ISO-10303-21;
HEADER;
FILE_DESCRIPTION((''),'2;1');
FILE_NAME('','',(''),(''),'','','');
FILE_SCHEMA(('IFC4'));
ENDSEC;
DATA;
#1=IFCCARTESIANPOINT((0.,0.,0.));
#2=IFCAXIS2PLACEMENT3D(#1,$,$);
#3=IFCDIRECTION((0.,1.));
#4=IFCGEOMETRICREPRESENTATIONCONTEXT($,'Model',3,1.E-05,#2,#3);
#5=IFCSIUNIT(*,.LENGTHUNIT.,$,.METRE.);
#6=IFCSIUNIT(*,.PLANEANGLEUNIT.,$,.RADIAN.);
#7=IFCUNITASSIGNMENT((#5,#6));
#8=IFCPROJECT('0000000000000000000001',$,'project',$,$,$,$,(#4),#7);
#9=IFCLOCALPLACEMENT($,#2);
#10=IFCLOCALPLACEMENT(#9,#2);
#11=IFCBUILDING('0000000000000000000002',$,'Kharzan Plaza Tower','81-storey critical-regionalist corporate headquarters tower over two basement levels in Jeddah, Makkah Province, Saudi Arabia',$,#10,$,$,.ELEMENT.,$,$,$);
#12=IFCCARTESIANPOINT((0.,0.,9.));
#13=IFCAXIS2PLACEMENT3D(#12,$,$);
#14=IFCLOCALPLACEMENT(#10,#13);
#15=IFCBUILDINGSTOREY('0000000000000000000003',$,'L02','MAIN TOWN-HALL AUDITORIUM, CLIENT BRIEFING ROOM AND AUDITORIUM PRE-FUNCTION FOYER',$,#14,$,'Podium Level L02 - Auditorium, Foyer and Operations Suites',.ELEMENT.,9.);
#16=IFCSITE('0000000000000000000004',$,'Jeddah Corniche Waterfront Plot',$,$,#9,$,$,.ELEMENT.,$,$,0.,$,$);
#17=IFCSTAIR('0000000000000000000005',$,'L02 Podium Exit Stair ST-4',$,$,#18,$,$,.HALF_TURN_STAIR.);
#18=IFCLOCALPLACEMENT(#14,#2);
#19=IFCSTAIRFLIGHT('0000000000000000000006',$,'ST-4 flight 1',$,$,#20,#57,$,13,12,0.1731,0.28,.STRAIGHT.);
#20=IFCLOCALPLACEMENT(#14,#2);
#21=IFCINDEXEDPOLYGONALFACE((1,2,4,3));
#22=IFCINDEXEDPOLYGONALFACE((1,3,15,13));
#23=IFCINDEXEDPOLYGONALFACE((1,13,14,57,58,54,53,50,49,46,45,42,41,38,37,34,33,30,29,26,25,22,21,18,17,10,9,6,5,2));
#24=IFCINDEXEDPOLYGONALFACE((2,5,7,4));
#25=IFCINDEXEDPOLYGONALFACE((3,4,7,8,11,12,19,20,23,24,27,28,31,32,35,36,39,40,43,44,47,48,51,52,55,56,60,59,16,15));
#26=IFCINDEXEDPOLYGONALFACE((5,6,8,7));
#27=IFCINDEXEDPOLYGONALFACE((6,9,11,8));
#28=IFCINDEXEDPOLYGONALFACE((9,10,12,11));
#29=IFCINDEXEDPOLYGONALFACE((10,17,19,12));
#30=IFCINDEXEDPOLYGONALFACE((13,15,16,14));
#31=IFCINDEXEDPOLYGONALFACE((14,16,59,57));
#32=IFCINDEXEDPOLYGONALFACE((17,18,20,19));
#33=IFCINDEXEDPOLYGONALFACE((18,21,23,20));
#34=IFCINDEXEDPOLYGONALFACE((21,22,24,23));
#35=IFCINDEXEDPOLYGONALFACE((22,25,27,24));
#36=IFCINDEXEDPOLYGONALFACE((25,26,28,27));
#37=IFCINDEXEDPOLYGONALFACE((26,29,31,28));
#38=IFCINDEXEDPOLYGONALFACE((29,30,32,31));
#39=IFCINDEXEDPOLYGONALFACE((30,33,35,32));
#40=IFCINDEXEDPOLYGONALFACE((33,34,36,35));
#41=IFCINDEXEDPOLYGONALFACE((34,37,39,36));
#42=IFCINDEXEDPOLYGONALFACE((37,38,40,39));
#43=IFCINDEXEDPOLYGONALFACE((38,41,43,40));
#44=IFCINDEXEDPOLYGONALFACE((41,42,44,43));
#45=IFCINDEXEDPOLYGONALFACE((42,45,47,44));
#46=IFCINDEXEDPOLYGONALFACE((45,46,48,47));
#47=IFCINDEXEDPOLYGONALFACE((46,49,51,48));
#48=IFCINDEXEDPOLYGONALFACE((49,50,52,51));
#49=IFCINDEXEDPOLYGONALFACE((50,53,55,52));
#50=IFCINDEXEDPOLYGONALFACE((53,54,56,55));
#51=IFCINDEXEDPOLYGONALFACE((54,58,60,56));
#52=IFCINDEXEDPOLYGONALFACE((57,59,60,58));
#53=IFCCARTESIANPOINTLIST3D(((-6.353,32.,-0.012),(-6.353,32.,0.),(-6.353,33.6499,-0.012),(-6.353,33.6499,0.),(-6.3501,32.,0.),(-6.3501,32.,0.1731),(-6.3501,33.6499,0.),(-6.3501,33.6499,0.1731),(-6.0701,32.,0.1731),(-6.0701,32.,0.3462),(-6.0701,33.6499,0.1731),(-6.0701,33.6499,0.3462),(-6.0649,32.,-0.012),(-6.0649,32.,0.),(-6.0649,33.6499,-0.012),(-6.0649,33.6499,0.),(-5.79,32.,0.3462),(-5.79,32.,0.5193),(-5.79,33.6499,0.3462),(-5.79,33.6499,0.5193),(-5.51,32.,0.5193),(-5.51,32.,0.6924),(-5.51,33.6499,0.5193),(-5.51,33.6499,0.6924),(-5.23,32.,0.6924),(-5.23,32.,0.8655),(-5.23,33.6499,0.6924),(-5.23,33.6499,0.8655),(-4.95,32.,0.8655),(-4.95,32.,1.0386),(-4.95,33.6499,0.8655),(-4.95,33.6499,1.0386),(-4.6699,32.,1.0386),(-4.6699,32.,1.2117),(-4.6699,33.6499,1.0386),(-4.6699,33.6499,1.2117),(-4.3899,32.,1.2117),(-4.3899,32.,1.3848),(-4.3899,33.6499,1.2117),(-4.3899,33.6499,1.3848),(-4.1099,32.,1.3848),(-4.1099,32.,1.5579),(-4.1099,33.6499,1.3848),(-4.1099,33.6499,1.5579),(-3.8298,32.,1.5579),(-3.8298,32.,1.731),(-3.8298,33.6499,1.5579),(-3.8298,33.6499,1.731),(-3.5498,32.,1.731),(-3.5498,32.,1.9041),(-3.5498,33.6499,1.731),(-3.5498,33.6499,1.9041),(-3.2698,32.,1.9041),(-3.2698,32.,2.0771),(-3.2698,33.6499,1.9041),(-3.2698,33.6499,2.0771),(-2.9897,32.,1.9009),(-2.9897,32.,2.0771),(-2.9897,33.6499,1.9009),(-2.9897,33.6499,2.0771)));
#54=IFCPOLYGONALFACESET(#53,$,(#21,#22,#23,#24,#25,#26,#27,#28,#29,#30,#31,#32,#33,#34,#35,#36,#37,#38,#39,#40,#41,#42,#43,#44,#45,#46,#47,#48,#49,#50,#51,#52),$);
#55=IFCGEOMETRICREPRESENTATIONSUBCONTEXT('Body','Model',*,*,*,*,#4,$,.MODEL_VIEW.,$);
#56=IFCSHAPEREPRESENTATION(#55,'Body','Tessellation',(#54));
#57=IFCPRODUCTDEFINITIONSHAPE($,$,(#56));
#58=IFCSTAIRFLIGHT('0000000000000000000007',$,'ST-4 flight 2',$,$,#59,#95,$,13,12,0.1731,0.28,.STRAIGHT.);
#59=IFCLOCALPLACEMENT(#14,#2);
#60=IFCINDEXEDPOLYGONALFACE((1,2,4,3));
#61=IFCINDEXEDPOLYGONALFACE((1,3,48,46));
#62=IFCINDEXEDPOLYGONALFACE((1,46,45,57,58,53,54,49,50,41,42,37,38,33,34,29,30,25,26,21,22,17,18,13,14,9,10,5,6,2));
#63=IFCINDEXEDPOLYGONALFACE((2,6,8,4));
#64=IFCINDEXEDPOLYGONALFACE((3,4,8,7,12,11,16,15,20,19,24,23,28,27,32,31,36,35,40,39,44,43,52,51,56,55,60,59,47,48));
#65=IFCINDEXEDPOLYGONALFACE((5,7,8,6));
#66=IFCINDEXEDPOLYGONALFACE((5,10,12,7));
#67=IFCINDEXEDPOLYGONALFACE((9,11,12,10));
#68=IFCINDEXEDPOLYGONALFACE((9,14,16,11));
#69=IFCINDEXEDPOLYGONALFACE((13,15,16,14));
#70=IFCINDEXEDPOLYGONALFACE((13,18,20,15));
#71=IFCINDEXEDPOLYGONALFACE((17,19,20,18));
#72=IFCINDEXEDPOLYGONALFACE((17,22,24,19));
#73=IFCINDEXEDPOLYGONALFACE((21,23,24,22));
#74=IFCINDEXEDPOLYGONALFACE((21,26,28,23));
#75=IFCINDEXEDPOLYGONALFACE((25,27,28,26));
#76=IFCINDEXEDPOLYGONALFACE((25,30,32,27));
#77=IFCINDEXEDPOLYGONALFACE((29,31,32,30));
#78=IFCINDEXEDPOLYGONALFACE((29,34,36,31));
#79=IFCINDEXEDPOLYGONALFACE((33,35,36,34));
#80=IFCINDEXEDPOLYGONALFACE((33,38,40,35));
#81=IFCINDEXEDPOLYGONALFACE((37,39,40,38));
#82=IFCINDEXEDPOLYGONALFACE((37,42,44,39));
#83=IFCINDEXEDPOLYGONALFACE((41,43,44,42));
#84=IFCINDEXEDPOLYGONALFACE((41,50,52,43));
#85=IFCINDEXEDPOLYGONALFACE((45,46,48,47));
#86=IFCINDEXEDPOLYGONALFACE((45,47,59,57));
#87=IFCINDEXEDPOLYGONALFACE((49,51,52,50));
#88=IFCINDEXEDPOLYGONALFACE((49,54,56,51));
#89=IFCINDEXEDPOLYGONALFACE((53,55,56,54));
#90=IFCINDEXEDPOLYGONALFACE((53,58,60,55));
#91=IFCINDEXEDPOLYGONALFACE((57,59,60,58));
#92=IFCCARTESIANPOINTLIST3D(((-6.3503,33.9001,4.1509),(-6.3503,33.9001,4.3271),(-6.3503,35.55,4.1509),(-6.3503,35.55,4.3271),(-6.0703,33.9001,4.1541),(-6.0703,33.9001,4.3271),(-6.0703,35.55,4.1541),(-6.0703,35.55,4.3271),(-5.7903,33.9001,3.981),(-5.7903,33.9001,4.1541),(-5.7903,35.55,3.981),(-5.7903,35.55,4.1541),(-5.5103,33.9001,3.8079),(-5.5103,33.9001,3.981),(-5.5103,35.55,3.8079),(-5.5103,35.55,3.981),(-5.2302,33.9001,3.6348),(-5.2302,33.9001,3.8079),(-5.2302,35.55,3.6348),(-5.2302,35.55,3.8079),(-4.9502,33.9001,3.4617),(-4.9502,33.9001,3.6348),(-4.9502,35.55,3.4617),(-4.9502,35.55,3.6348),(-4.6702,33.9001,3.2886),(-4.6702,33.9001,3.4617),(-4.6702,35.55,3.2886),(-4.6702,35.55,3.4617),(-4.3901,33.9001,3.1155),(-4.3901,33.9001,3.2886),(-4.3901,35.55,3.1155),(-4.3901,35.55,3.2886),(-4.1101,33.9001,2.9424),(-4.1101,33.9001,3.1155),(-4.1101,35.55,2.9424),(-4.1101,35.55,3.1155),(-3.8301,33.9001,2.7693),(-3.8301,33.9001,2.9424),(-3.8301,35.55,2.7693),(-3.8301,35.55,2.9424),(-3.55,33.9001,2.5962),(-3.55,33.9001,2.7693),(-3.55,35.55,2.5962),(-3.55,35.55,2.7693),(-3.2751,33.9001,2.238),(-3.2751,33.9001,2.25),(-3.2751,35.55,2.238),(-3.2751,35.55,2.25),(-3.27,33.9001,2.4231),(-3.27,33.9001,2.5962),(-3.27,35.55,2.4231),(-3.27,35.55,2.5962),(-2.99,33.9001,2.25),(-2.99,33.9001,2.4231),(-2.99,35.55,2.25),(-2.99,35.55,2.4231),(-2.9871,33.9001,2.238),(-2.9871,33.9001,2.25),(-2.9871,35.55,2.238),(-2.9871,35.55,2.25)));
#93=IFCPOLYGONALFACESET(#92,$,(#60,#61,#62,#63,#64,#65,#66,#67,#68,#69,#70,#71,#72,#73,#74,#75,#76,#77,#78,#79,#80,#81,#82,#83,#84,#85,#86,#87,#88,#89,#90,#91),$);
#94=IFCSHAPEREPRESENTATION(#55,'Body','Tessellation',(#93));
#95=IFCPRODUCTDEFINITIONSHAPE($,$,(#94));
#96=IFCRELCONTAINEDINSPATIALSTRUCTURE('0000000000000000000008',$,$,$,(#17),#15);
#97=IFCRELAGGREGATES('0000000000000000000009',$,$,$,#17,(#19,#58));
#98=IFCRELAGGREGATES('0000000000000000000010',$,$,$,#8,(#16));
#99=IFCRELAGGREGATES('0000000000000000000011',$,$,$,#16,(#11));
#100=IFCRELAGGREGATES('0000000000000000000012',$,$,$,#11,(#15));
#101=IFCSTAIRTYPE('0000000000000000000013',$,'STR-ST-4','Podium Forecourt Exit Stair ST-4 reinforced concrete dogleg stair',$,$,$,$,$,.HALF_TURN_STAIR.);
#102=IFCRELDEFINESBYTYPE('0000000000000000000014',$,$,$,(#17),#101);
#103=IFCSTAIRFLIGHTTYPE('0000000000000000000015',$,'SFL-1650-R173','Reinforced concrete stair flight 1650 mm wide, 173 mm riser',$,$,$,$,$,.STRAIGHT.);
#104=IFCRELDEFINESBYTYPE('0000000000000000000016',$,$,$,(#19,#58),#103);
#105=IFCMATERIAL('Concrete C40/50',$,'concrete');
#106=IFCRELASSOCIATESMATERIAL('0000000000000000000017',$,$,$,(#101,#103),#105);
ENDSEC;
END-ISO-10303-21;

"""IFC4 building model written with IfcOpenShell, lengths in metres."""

from ifc_helpers import new_model, si_unit, direction, frame, origin, place, context, subcontext, project, spatial, polyline, outline, extrude, source, transform, mapped, material, type_object, element, aggregate, save


model = new_model("IFC4")

# Units and contexts
model_context = context("Model", 3, precision=1e-05, world=origin(), true_north=direction((0.0, 1.0)))
body_context = subcontext(model_context, "Body", "Model", "MODEL_VIEW")
ifc_project = project(units=[si_unit("LENGTHUNIT", "METRE"), si_unit("PLANEANGLEUNIT", "RADIAN")], contexts=[model_context])

# Site, building, storey
site_placement = place(None, origin())
site = spatial("IfcSite", under=ifc_project, at=site_placement, Name="Jeddah Corniche Waterfront Plot", CompositionType="ELEMENT", RefElevation=0.0)
building_placement = place(site_placement, origin())
building = spatial("IfcBuilding", under=site, at=building_placement, Name="Kharzan Plaza Tower", Description="81-storey critical-regionalist corporate headquarters tower over two basement levels in Jeddah, Makkah Province, Saudi Arabia", CompositionType="ELEMENT")
storey_placement = place(building_placement, frame((0.0, 0.0, 9.0)))
storey = spatial("IfcBuildingStorey", under=building, at=storey_placement, Name="L02", Description="MAIN TOWN-HALL AUDITORIUM, CLIENT BRIEFING ROOM AND AUDITORIUM PRE-FUNCTION FOYER", LongName="Podium Level L02 - Auditorium, Foyer and Operations Suites", CompositionType="ELEMENT", Elevation=9.0)

# Stair, stair flights
ifc_material_1 = material(Name="Concrete C40/50", Category="concrete")
stair_type = type_object("IfcStairType", Name="STR-ST-4", Description="Podium Forecourt Exit Stair ST-4 reinforced concrete dogleg stair", PredefinedType="HALF_TURN_STAIR", material=ifc_material_1)
stair_placement = place(storey_placement, origin())
stair = element("IfcStair", 1, at=stair_placement, inside=storey, type_object=stair_type, Name="L02 Podium Exit Stair ST-4", PredefinedType="HALF_TURN_STAIR")
stair_flight_type = type_object("IfcStairFlightType", Name="SFL-1650-R173", Description="Reinforced concrete stair flight 1650 mm wide, 173 mm riser", PredefinedType="STRAIGHT", material=ifc_material_1)
shared_shape_1 = source(origin(), body_context, "Body", "SweptSolid", [
    extrude(outline(polyline([(-0.0029, -0.012), (-0.0029, 0.0), (0.0, 0.0), (0.0, 0.1731), (0.28, 0.1731), (0.28, 0.3462), (0.5601, 0.3462), (0.5601, 0.5193), (0.8401, 0.5193), (0.8401, 0.6924), (1.1201, 0.6924), (1.1201, 0.8655), (1.4001, 0.8655), (1.4001, 1.0386), (1.6802, 1.0386), (1.6802, 1.2117), (1.9602, 1.2117), (1.9602, 1.3848), (2.2402, 1.3848), (2.2402, 1.5579), (2.5203, 1.5579), (2.5203, 1.731), (2.8003, 1.731), (2.8003, 1.9041), (3.0803, 1.9041), (3.0803, 2.0771), (3.3604, 2.0771), (3.3604, 2.2502), (3.3604, 1.9009), (0.2852, 0.0), (0.2852, -0.012), (-0.0029, -0.012)])), frame((0.0, 0.825, 0.0), z_axis=(0.0, -1.0, 0.0), x_axis=(1.0, 0.0, 0.0)), (0.0, 0.0, 1.0), 1.6499),
])
stair_flight_1_placement = place(storey_placement, frame((-6.3501, 32.825, 0.0), z_axis=(0.0, 0.0, 1.0), x_axis=(1.0, 0.0, 0.0)))
stair_flight_1 = element("IfcStairFlight", 2, at=stair_flight_1_placement, type_object=stair_flight_type, Name="ST-4 flight 1", NumberOfRisers=13, NumberOfTreads=12, PredefinedType="STRAIGHT", RiserHeight=0.1731, TreadLength=0.28, context=body_context, shape_type="MappedRepresentation", body=[
    mapped(shared_shape_1, transform((0.0, 0.0, 0.0), x_axis=(1.0, 0.0, 0.0), y_axis=(0.0, 1.0, 0.0), z_axis=(0.0, 0.0, 1.0))),
])
stair_flight_2_placement = place(storey_placement, frame((-2.99, 34.7251, 2.25), z_axis=(0.0, 0.0, 1.0), x_axis=(-1.0, 0.0, 0.0)))
stair_flight_2 = element("IfcStairFlight", 3, at=stair_flight_2_placement, type_object=stair_flight_type, Name="ST-4 flight 2", NumberOfRisers=13, NumberOfTreads=12, PredefinedType="STRAIGHT", RiserHeight=0.1731, TreadLength=0.28, context=body_context, shape_type="MappedRepresentation", body=[
    mapped(shared_shape_1, transform((0.0, 0.0, 0.0), x_axis=(1.0, 0.0, 0.0), y_axis=(0.0, 1.0, 0.0), z_axis=(0.0, 0.0, 1.0))),
])
aggregate(stair, [stair_flight_1, stair_flight_2])

save(model, "model.ifc")
